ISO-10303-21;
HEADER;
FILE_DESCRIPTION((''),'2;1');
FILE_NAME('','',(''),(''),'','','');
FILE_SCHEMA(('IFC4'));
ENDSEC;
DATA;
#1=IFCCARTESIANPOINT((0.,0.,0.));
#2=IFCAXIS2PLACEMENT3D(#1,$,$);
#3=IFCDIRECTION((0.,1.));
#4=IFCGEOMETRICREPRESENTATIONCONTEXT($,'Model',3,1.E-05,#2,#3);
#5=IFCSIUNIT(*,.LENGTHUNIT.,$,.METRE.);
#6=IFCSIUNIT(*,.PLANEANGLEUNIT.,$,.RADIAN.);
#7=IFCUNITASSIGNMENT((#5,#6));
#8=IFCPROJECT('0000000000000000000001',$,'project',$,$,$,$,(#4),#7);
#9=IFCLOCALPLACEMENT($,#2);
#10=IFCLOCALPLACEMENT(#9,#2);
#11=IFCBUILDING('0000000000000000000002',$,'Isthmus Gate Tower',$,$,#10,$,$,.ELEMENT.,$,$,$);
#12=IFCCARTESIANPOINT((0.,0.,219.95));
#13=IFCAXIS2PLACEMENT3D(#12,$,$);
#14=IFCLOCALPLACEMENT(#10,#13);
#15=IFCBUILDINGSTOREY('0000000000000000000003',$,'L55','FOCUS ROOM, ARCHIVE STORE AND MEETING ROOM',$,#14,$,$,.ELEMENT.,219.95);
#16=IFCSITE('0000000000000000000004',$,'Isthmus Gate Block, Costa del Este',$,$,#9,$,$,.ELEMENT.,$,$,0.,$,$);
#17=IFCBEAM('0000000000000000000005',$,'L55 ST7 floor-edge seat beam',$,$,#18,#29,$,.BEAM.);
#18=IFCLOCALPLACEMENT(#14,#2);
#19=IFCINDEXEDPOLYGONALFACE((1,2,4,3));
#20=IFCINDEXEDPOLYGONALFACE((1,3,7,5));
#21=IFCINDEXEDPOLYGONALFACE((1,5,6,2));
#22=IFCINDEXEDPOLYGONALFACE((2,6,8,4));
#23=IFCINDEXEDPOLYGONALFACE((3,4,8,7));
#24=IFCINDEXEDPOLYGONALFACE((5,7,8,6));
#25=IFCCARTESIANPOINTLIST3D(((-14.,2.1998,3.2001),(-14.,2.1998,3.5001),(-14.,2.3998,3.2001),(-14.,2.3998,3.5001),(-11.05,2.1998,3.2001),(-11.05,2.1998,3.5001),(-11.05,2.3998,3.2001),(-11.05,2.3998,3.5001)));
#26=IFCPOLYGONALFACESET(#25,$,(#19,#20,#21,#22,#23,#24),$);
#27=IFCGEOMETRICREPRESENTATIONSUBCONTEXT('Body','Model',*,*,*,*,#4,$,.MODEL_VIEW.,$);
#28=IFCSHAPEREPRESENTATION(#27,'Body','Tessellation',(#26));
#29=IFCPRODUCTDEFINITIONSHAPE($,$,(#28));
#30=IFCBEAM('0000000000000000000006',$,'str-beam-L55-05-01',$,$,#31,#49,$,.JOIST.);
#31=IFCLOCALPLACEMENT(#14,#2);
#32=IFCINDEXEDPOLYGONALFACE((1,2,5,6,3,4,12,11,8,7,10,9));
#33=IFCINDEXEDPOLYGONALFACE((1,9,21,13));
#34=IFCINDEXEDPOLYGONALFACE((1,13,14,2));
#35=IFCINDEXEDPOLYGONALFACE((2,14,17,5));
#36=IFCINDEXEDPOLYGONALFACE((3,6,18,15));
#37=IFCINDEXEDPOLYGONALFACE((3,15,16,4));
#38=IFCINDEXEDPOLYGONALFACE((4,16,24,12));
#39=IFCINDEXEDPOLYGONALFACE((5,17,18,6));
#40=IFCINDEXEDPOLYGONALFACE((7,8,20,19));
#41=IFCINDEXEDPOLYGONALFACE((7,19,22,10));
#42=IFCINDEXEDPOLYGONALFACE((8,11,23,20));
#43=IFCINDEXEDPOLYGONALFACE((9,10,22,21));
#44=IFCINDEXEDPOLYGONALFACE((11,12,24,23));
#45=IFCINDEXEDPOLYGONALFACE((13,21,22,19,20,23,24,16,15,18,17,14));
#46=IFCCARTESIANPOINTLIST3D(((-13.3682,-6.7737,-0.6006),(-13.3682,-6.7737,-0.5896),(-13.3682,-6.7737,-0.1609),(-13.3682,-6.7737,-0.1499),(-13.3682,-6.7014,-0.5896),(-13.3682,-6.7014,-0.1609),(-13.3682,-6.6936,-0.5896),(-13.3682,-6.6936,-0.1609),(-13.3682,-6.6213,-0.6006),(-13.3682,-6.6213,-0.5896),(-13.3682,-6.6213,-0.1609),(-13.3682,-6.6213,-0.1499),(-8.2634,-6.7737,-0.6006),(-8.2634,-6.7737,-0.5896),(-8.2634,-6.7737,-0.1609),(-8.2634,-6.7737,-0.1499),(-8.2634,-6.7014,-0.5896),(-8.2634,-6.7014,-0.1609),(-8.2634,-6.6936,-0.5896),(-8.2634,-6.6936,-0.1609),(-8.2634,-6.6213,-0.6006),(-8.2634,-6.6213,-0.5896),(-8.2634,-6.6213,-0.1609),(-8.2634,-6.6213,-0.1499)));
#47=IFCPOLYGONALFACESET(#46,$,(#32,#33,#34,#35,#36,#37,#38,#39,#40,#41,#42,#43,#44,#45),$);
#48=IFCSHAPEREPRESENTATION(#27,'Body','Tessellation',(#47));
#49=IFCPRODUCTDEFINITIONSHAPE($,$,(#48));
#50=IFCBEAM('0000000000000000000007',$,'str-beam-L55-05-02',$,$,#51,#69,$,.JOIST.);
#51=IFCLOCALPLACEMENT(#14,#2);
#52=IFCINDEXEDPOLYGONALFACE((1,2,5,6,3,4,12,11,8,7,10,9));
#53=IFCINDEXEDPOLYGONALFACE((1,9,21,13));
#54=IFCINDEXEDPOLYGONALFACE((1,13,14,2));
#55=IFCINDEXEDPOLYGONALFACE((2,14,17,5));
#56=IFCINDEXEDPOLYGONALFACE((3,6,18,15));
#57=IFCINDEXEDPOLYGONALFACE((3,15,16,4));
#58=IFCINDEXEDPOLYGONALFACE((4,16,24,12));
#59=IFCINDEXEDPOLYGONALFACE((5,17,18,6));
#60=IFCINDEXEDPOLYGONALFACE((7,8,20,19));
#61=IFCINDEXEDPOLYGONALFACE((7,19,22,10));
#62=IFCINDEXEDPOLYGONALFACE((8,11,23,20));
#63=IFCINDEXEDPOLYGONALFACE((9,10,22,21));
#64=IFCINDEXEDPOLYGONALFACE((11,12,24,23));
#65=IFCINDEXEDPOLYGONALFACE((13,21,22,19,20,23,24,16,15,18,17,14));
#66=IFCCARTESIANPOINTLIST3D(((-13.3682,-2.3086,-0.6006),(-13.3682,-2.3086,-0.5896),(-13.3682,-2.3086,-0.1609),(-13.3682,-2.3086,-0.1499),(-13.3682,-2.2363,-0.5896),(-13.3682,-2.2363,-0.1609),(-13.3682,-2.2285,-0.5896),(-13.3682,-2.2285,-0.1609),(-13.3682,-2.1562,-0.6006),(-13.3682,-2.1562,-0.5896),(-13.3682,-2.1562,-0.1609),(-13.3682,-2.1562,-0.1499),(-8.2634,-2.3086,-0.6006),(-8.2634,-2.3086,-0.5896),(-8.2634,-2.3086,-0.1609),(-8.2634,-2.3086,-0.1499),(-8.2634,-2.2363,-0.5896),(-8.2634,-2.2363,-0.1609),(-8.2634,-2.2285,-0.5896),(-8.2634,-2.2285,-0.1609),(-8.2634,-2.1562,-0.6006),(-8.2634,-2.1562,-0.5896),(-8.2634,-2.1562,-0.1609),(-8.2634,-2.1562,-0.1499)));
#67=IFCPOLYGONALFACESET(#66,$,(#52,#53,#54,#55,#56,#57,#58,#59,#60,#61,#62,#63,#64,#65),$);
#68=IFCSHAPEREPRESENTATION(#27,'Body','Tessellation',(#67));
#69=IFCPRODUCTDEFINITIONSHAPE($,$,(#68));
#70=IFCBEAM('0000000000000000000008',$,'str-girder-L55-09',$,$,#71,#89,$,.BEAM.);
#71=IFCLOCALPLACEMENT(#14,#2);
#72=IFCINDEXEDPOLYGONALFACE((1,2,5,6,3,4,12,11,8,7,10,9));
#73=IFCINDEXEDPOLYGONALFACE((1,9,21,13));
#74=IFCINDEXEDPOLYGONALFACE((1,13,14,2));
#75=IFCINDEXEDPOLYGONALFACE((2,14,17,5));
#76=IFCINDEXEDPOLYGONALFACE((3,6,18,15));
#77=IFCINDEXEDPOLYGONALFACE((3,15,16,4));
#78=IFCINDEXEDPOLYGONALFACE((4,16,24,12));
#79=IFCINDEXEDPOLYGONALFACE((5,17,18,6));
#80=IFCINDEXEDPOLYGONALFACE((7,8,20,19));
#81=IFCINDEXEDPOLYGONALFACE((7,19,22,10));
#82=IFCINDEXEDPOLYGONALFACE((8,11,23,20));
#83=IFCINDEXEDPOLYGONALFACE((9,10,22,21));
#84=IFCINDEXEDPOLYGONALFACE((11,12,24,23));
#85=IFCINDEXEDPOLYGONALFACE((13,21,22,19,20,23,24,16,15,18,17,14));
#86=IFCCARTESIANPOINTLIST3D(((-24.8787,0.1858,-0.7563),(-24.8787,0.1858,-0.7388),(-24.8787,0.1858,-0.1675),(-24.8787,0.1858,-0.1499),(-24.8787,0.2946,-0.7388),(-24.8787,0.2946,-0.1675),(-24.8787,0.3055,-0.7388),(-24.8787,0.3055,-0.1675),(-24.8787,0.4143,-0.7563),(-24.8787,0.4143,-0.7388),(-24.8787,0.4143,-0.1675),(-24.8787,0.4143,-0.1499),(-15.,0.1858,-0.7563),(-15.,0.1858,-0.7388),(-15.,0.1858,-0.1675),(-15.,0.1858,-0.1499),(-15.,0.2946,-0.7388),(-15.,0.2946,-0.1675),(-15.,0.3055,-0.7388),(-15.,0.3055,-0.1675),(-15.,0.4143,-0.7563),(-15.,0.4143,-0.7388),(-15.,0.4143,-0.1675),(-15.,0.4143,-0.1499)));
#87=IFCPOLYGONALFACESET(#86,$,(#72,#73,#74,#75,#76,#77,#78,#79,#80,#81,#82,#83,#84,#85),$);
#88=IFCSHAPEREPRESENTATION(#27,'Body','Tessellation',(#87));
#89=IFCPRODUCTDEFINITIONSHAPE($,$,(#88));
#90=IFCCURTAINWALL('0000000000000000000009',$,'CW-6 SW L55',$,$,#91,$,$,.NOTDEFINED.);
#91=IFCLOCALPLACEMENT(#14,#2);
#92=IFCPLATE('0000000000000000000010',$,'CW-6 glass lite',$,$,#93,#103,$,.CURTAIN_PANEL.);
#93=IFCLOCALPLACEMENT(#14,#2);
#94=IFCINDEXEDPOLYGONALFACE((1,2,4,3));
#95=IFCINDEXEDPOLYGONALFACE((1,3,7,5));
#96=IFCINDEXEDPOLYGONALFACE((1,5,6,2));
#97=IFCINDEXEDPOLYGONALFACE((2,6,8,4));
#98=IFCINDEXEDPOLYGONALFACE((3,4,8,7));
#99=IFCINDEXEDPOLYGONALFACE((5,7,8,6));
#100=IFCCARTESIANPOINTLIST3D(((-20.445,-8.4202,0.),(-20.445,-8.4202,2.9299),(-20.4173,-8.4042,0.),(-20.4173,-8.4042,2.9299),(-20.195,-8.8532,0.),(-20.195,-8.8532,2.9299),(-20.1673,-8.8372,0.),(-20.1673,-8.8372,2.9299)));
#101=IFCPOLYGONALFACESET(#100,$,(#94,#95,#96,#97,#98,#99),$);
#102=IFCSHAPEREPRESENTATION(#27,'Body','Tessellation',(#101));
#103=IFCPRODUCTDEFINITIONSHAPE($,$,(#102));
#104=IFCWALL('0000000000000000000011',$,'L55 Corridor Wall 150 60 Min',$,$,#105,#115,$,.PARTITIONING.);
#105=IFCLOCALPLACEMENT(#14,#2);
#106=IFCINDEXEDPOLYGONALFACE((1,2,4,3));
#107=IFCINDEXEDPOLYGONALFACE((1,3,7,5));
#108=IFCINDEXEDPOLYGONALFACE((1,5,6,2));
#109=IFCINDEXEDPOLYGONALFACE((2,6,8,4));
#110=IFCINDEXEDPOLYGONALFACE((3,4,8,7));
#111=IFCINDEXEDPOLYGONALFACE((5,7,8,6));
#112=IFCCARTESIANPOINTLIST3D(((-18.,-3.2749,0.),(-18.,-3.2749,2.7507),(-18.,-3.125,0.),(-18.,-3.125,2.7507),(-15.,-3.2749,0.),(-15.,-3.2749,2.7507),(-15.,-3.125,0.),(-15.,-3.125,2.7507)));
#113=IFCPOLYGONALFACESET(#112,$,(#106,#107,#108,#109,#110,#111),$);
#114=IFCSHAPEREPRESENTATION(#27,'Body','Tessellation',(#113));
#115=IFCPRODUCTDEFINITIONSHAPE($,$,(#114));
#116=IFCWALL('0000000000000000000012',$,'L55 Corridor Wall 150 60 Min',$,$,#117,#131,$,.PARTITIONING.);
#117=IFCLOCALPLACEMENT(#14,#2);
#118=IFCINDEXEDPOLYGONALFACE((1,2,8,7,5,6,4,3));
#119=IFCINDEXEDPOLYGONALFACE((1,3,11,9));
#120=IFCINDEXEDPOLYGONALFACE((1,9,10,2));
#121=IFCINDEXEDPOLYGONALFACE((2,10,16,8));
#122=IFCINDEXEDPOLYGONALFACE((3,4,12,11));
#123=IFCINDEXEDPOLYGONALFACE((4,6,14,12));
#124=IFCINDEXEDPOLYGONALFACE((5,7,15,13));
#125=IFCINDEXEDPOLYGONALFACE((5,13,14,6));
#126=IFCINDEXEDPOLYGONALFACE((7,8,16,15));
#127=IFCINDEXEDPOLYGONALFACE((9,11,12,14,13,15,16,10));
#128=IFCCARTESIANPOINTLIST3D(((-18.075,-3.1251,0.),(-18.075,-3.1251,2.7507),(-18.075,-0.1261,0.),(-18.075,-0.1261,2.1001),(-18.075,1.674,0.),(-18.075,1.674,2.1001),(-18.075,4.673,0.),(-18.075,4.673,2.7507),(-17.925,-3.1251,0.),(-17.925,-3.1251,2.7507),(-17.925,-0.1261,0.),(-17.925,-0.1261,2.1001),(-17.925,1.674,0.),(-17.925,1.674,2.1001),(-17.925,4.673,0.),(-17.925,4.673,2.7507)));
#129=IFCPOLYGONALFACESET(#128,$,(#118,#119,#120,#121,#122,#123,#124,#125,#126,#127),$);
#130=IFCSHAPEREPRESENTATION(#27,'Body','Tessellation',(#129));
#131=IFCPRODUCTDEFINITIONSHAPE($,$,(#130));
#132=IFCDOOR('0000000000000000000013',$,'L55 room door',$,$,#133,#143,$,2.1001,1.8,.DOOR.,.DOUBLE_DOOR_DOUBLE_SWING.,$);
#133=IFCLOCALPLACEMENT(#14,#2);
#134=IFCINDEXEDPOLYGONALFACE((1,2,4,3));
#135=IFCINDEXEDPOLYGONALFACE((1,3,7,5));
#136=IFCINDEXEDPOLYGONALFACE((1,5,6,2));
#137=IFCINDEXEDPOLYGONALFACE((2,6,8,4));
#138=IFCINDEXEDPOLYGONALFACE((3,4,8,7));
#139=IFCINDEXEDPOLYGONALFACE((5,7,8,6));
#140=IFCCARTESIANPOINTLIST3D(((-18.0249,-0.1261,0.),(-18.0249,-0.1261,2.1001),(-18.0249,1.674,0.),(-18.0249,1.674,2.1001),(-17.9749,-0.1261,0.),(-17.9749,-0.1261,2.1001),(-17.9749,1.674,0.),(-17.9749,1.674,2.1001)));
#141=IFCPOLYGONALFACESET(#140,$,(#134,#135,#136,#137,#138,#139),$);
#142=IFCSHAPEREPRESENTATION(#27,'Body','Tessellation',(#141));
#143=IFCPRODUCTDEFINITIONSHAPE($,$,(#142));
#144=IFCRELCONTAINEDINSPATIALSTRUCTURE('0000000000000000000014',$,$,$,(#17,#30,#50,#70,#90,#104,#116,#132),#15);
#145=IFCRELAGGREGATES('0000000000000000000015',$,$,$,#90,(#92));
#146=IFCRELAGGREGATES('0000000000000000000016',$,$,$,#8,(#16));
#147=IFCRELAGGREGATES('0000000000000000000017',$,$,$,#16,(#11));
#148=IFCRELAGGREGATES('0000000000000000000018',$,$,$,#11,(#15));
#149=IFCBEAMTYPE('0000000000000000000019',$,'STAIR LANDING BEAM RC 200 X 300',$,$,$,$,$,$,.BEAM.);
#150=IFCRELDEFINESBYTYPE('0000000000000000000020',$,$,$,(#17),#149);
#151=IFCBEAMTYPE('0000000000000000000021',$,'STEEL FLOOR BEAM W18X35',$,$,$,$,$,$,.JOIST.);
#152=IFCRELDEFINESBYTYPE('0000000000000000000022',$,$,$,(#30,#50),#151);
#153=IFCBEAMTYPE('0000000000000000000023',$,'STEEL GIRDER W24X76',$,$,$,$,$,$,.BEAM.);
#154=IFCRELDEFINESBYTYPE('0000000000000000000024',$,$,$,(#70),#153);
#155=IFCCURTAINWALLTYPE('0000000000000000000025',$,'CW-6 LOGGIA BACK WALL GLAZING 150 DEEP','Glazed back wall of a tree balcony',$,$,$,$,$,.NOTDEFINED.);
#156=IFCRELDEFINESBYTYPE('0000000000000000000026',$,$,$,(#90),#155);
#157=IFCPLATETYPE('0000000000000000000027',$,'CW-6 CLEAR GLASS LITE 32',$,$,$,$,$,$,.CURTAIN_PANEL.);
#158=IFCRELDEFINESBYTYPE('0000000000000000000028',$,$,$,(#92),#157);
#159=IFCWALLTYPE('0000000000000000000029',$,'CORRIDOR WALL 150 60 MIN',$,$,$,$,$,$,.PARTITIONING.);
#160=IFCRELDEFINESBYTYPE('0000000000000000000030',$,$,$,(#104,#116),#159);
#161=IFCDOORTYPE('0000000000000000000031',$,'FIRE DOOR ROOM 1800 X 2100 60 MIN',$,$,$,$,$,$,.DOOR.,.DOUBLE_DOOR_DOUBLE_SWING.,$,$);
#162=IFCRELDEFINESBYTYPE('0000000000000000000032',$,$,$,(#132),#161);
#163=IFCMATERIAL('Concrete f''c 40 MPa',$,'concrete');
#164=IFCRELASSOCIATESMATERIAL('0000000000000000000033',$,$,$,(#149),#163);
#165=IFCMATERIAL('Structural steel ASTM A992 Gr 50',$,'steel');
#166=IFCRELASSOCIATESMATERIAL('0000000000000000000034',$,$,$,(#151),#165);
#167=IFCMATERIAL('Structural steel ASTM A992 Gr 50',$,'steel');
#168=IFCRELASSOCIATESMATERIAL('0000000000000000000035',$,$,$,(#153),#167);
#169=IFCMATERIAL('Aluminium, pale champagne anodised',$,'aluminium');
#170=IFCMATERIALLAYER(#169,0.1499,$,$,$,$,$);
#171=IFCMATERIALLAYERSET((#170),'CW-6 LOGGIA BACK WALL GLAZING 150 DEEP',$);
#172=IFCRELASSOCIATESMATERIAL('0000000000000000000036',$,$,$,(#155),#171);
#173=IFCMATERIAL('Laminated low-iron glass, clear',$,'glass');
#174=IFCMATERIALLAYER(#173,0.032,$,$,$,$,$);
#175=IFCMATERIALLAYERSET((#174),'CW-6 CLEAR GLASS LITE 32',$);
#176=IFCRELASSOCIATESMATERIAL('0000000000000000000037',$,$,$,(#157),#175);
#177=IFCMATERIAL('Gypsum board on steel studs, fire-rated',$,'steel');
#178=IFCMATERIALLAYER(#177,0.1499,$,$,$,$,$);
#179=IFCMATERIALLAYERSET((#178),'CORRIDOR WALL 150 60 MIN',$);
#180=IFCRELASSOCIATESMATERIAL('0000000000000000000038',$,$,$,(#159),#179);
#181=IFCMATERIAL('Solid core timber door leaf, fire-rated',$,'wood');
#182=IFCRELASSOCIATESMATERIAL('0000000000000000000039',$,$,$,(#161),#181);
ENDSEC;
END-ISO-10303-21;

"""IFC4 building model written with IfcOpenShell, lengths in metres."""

from ifc_helpers import new_model, si_unit, direction, frame, frame_2d, origin, origin_2d, place, context, subcontext, project, spatial, rectangle, i_section, extrude, material, layer, layer_set, material_profile, profile_set, type_object, element, fill, aggregate, save


model = new_model("IFC4")

# Units and contexts
model_context = context("Model", 3, precision=1e-05, world=origin(), true_north=direction((0.0, 1.0)))
body_context = subcontext(model_context, "Body", "Model", "MODEL_VIEW")
ifc_project = project(units=[si_unit("LENGTHUNIT", "METRE"), si_unit("PLANEANGLEUNIT", "RADIAN")], contexts=[model_context])

# Site, building, storey
site_placement = place(None, origin())
site = spatial("IfcSite", under=ifc_project, at=site_placement, Name="Isthmus Gate Block, Costa del Este", CompositionType="ELEMENT", RefElevation=0.0)
building_placement = place(site_placement, origin())
building = spatial("IfcBuilding", under=site, at=building_placement, Name="Isthmus Gate Tower", CompositionType="ELEMENT")
storey_placement = place(building_placement, frame((0.0, 0.0, 219.95)))
storey = spatial("IfcBuildingStorey", under=building, at=storey_placement, Name="L55", Description="FOCUS ROOM, ARCHIVE STORE AND MEETING ROOM", CompositionType="ELEMENT", Elevation=219.95)

# Beams
ifc_material_1 = material(Name="Concrete f'c 40 MPa", Category="concrete")
ifc_material_profile_1 = material_profile(ifc_material_1, rectangle(XDim=0.2, YDim=0.3, at=origin_2d()), Name="STAIR LANDING BEAM RC 200 X 300")
ifc_profile_set_1 = profile_set([ifc_material_profile_1], Name="Concrete f'c 40 MPa")
beam_type_1 = type_object("IfcBeamType", Name="STAIR LANDING BEAM RC 200 X 300", PredefinedType="BEAM", material=ifc_profile_set_1)
beam_1_placement = place(storey_placement, frame((-14.0, 2.2998, 3.3501), z_axis=(1.0, 0.0, 0.0), x_axis=(0.0, 1.0, 0.0)))
element("IfcBeam", 1, at=beam_1_placement, inside=storey, type_object=beam_type_1, Name="L55 ST7 floor-edge seat beam", PredefinedType="BEAM", context=body_context, shape_type="SweptSolid", body=[
    extrude(rectangle(XDim=0.2, YDim=0.3, at=origin_2d()), origin(), (0.0, 0.0, 1.0), 2.95),
])
ifc_material_2 = material(Name="Structural steel ASTM A992 Gr 50", Category="steel")
ifc_material_profile_2 = material_profile(ifc_material_2, i_section(OverallWidth=0.1523, OverallDepth=0.4507, WebThickness=0.0078, FlangeThickness=0.011, at=origin_2d()), Name="W18X35")
ifc_profile_set_2 = profile_set([ifc_material_profile_2], Name="Structural steel ASTM A992 Gr 50")
beam_type_2 = type_object("IfcBeamType", Name="STEEL FLOOR BEAM W18X35", PredefinedType="JOIST", material=ifc_profile_set_2)
for number, where, z_axis, x_axis, name in (
    (2, (-13.3682, -6.6975, -0.3752), (1.0, 0.0, 0.0), (0.0, 1.0, 0.0), "str-beam-L55-05-01"),
    (3, (-13.3682, -2.2324, -0.3752), (1.0, 0.0, 0.0), (0.0, 1.0, 0.0), "str-beam-L55-05-02"),
):
    element("IfcBeam", number, at=place(storey_placement, frame(where, z_axis=z_axis, x_axis=x_axis)), inside=storey, type_object=beam_type_2, Name=name, PredefinedType="JOIST", context=body_context, shape_type="SweptSolid", body=[
        extrude(i_section(OverallWidth=0.1523, OverallDepth=0.4507, WebThickness=0.0078, FlangeThickness=0.011, at=origin_2d()), origin(), (0.0, 0.0, 1.0), 5.1047),
    ])
ifc_material_3 = material(Name="Structural steel ASTM A992 Gr 50", Category="steel")
ifc_material_profile_3 = material_profile(ifc_material_3, i_section(OverallWidth=0.2285, OverallDepth=0.6064, WebThickness=0.011, FlangeThickness=0.0176, at=origin_2d()), Name="W24X76")
ifc_profile_set_3 = profile_set([ifc_material_profile_3], Name="Structural steel ASTM A992 Gr 50")
beam_type_3 = type_object("IfcBeamType", Name="STEEL GIRDER W24X76", PredefinedType="BEAM", material=ifc_profile_set_3)
beam_2_placement = place(storey_placement, frame((-15.0, 0.3, -0.4531), z_axis=(-1.0, 0.0, 0.0), x_axis=(0.0, -1.0, 0.0)))
element("IfcBeam", 4, at=beam_2_placement, inside=storey, type_object=beam_type_3, Name="str-girder-L55-09", PredefinedType="BEAM", context=body_context, shape_type="SweptSolid", body=[
    extrude(i_section(OverallWidth=0.2285, OverallDepth=0.6064, WebThickness=0.011, FlangeThickness=0.0176, at=origin_2d()), origin(), (0.0, 0.0, 1.0), 9.8787),
])

# Curtain wall, plate
ifc_material_4 = material(Name="Aluminium, pale champagne anodised", Category="aluminium")
ifc_layer_1 = layer(ifc_material_4, 0.1499)
ifc_layer_set_1 = layer_set([ifc_layer_1], Name="CW-6 LOGGIA BACK WALL GLAZING 150 DEEP")
curtain_wall_type = type_object("IfcCurtainWallType", Name="CW-6 LOGGIA BACK WALL GLAZING 150 DEEP", Description="Glazed back wall of a tree balcony", PredefinedType="NOTDEFINED", material=ifc_layer_set_1)
curtain_wall_placement = place(storey_placement, origin())
curtain_wall = element("IfcCurtainWall", 5, at=curtain_wall_placement, inside=storey, type_object=curtain_wall_type, Name="CW-6 SW L55", PredefinedType="NOTDEFINED")
ifc_material_5 = material(Name="Laminated low-iron glass, clear", Category="glass")
ifc_layer_2 = layer(ifc_material_5, 0.032)
ifc_layer_set_2 = layer_set([ifc_layer_2], Name="CW-6 CLEAR GLASS LITE 32")
plate_type = type_object("IfcPlateType", Name="CW-6 CLEAR GLASS LITE 32", PredefinedType="CURTAIN_PANEL", material=ifc_layer_set_2)
plate_placement = place(storey_placement, frame((-20.3062, -8.6287, 0.0), z_axis=(0.0, 0.0, 1.0), x_axis=(0.5, -0.866025, 0.0)))
plate = element("IfcPlate", 6, at=plate_placement, type_object=plate_type, Name="CW-6 glass lite", PredefinedType="CURTAIN_PANEL", context=body_context, shape_type="SweptSolid", body=[
    extrude(rectangle(XDim=0.5, YDim=0.032, at=origin_2d()), origin(), (0.0, 0.0, 1.0), 2.9299),
])
aggregate(curtain_wall, [plate])

# Wall
ifc_material_6 = material(Name="Gypsum board on steel studs, fire-rated", Category="steel")
ifc_layer_3 = layer(ifc_material_6, 0.1499)
ifc_layer_set_3 = layer_set([ifc_layer_3], Name="CORRIDOR WALL 150 60 MIN")
wall_type_1 = type_object("IfcWallType", Name="CORRIDOR WALL 150 60 MIN", PredefinedType="PARTITIONING", material=ifc_layer_set_3)
wall_1_placement = place(storey_placement, frame((-15.0, -3.2, 0.0), z_axis=(0.0, 0.0, 1.0), x_axis=(-1.0, 0.0, 0.0)))
element("IfcWall", 7, at=wall_1_placement, inside=storey, type_object=wall_type_1, Name="L55 Corridor Wall 150 60 Min", PredefinedType="PARTITIONING", context=body_context, shape_type="SweptSolid", body=[
    extrude(rectangle(XDim=3.0, YDim=0.1499, at=frame_2d((1.5, 0.0))), origin(), (0.0, 0.0, 1.0), 2.7507),
])

# Wall, opening, door
wall_2_placement = place(storey_placement, frame((-18.0, -3.125, 0.0), z_axis=(0.0, 0.0, 1.0), x_axis=(0.0, 1.0, 0.0)))
wall_2 = element("IfcWall", 8, at=wall_2_placement, inside=storey, type_object=wall_type_1, Name="L55 Corridor Wall 150 60 Min", PredefinedType="PARTITIONING", context=body_context, shape_type="SweptSolid", body=[
    extrude(rectangle(XDim=7.7981, YDim=0.1499, at=frame_2d((3.8989, 0.0))), origin(), (0.0, 0.0, 1.0), 2.7507),
])
opening_1_placement = place(wall_2_placement, frame((2.999, 0.0, 0.0)))
opening_1 = element("IfcOpeningElement", 9, at=opening_1_placement, cuts=wall_2, PredefinedType="OPENING", context=body_context, shape_type="SweptSolid", body=[
    extrude(rectangle(XDim=1.8, YDim=2.1001, at=frame_2d((0.8999, 1.05))), frame((0.0, 0.085, 0.0), z_axis=(0.0, -1.0, 0.0), x_axis=(1.0, 0.0, 0.0)), (0.0, 0.0, 1.0), 0.1699),
])
ifc_material_7 = material(Name="Solid core timber door leaf, fire-rated", Category="wood")
door_type_1 = type_object("IfcDoorType", Name="FIRE DOOR ROOM 1800 X 2100 60 MIN", OperationType="DOUBLE_DOOR_DOUBLE_SWING", PredefinedType="DOOR", material=ifc_material_7)
door_1_placement = place(opening_1_placement, origin())
door_1 = element("IfcDoor", 10, at=door_1_placement, inside=storey, type_object=door_type_1, Name="L55 room door", OperationType="DOUBLE_DOOR_DOUBLE_SWING", OverallHeight=2.1001, OverallWidth=1.8, PredefinedType="DOOR", context=body_context, shape_type="SweptSolid", body=[
    extrude(rectangle(XDim=1.8, YDim=2.1001, at=frame_2d((0.8999, 1.05))), frame((0.0, 0.0249, 0.0), z_axis=(0.0, -1.0, 0.0), x_axis=(1.0, 0.0, 0.0)), (0.0, 0.0, 1.0), 0.05),
])
fill(opening_1, door_1)

save(model, "model.ifc")
